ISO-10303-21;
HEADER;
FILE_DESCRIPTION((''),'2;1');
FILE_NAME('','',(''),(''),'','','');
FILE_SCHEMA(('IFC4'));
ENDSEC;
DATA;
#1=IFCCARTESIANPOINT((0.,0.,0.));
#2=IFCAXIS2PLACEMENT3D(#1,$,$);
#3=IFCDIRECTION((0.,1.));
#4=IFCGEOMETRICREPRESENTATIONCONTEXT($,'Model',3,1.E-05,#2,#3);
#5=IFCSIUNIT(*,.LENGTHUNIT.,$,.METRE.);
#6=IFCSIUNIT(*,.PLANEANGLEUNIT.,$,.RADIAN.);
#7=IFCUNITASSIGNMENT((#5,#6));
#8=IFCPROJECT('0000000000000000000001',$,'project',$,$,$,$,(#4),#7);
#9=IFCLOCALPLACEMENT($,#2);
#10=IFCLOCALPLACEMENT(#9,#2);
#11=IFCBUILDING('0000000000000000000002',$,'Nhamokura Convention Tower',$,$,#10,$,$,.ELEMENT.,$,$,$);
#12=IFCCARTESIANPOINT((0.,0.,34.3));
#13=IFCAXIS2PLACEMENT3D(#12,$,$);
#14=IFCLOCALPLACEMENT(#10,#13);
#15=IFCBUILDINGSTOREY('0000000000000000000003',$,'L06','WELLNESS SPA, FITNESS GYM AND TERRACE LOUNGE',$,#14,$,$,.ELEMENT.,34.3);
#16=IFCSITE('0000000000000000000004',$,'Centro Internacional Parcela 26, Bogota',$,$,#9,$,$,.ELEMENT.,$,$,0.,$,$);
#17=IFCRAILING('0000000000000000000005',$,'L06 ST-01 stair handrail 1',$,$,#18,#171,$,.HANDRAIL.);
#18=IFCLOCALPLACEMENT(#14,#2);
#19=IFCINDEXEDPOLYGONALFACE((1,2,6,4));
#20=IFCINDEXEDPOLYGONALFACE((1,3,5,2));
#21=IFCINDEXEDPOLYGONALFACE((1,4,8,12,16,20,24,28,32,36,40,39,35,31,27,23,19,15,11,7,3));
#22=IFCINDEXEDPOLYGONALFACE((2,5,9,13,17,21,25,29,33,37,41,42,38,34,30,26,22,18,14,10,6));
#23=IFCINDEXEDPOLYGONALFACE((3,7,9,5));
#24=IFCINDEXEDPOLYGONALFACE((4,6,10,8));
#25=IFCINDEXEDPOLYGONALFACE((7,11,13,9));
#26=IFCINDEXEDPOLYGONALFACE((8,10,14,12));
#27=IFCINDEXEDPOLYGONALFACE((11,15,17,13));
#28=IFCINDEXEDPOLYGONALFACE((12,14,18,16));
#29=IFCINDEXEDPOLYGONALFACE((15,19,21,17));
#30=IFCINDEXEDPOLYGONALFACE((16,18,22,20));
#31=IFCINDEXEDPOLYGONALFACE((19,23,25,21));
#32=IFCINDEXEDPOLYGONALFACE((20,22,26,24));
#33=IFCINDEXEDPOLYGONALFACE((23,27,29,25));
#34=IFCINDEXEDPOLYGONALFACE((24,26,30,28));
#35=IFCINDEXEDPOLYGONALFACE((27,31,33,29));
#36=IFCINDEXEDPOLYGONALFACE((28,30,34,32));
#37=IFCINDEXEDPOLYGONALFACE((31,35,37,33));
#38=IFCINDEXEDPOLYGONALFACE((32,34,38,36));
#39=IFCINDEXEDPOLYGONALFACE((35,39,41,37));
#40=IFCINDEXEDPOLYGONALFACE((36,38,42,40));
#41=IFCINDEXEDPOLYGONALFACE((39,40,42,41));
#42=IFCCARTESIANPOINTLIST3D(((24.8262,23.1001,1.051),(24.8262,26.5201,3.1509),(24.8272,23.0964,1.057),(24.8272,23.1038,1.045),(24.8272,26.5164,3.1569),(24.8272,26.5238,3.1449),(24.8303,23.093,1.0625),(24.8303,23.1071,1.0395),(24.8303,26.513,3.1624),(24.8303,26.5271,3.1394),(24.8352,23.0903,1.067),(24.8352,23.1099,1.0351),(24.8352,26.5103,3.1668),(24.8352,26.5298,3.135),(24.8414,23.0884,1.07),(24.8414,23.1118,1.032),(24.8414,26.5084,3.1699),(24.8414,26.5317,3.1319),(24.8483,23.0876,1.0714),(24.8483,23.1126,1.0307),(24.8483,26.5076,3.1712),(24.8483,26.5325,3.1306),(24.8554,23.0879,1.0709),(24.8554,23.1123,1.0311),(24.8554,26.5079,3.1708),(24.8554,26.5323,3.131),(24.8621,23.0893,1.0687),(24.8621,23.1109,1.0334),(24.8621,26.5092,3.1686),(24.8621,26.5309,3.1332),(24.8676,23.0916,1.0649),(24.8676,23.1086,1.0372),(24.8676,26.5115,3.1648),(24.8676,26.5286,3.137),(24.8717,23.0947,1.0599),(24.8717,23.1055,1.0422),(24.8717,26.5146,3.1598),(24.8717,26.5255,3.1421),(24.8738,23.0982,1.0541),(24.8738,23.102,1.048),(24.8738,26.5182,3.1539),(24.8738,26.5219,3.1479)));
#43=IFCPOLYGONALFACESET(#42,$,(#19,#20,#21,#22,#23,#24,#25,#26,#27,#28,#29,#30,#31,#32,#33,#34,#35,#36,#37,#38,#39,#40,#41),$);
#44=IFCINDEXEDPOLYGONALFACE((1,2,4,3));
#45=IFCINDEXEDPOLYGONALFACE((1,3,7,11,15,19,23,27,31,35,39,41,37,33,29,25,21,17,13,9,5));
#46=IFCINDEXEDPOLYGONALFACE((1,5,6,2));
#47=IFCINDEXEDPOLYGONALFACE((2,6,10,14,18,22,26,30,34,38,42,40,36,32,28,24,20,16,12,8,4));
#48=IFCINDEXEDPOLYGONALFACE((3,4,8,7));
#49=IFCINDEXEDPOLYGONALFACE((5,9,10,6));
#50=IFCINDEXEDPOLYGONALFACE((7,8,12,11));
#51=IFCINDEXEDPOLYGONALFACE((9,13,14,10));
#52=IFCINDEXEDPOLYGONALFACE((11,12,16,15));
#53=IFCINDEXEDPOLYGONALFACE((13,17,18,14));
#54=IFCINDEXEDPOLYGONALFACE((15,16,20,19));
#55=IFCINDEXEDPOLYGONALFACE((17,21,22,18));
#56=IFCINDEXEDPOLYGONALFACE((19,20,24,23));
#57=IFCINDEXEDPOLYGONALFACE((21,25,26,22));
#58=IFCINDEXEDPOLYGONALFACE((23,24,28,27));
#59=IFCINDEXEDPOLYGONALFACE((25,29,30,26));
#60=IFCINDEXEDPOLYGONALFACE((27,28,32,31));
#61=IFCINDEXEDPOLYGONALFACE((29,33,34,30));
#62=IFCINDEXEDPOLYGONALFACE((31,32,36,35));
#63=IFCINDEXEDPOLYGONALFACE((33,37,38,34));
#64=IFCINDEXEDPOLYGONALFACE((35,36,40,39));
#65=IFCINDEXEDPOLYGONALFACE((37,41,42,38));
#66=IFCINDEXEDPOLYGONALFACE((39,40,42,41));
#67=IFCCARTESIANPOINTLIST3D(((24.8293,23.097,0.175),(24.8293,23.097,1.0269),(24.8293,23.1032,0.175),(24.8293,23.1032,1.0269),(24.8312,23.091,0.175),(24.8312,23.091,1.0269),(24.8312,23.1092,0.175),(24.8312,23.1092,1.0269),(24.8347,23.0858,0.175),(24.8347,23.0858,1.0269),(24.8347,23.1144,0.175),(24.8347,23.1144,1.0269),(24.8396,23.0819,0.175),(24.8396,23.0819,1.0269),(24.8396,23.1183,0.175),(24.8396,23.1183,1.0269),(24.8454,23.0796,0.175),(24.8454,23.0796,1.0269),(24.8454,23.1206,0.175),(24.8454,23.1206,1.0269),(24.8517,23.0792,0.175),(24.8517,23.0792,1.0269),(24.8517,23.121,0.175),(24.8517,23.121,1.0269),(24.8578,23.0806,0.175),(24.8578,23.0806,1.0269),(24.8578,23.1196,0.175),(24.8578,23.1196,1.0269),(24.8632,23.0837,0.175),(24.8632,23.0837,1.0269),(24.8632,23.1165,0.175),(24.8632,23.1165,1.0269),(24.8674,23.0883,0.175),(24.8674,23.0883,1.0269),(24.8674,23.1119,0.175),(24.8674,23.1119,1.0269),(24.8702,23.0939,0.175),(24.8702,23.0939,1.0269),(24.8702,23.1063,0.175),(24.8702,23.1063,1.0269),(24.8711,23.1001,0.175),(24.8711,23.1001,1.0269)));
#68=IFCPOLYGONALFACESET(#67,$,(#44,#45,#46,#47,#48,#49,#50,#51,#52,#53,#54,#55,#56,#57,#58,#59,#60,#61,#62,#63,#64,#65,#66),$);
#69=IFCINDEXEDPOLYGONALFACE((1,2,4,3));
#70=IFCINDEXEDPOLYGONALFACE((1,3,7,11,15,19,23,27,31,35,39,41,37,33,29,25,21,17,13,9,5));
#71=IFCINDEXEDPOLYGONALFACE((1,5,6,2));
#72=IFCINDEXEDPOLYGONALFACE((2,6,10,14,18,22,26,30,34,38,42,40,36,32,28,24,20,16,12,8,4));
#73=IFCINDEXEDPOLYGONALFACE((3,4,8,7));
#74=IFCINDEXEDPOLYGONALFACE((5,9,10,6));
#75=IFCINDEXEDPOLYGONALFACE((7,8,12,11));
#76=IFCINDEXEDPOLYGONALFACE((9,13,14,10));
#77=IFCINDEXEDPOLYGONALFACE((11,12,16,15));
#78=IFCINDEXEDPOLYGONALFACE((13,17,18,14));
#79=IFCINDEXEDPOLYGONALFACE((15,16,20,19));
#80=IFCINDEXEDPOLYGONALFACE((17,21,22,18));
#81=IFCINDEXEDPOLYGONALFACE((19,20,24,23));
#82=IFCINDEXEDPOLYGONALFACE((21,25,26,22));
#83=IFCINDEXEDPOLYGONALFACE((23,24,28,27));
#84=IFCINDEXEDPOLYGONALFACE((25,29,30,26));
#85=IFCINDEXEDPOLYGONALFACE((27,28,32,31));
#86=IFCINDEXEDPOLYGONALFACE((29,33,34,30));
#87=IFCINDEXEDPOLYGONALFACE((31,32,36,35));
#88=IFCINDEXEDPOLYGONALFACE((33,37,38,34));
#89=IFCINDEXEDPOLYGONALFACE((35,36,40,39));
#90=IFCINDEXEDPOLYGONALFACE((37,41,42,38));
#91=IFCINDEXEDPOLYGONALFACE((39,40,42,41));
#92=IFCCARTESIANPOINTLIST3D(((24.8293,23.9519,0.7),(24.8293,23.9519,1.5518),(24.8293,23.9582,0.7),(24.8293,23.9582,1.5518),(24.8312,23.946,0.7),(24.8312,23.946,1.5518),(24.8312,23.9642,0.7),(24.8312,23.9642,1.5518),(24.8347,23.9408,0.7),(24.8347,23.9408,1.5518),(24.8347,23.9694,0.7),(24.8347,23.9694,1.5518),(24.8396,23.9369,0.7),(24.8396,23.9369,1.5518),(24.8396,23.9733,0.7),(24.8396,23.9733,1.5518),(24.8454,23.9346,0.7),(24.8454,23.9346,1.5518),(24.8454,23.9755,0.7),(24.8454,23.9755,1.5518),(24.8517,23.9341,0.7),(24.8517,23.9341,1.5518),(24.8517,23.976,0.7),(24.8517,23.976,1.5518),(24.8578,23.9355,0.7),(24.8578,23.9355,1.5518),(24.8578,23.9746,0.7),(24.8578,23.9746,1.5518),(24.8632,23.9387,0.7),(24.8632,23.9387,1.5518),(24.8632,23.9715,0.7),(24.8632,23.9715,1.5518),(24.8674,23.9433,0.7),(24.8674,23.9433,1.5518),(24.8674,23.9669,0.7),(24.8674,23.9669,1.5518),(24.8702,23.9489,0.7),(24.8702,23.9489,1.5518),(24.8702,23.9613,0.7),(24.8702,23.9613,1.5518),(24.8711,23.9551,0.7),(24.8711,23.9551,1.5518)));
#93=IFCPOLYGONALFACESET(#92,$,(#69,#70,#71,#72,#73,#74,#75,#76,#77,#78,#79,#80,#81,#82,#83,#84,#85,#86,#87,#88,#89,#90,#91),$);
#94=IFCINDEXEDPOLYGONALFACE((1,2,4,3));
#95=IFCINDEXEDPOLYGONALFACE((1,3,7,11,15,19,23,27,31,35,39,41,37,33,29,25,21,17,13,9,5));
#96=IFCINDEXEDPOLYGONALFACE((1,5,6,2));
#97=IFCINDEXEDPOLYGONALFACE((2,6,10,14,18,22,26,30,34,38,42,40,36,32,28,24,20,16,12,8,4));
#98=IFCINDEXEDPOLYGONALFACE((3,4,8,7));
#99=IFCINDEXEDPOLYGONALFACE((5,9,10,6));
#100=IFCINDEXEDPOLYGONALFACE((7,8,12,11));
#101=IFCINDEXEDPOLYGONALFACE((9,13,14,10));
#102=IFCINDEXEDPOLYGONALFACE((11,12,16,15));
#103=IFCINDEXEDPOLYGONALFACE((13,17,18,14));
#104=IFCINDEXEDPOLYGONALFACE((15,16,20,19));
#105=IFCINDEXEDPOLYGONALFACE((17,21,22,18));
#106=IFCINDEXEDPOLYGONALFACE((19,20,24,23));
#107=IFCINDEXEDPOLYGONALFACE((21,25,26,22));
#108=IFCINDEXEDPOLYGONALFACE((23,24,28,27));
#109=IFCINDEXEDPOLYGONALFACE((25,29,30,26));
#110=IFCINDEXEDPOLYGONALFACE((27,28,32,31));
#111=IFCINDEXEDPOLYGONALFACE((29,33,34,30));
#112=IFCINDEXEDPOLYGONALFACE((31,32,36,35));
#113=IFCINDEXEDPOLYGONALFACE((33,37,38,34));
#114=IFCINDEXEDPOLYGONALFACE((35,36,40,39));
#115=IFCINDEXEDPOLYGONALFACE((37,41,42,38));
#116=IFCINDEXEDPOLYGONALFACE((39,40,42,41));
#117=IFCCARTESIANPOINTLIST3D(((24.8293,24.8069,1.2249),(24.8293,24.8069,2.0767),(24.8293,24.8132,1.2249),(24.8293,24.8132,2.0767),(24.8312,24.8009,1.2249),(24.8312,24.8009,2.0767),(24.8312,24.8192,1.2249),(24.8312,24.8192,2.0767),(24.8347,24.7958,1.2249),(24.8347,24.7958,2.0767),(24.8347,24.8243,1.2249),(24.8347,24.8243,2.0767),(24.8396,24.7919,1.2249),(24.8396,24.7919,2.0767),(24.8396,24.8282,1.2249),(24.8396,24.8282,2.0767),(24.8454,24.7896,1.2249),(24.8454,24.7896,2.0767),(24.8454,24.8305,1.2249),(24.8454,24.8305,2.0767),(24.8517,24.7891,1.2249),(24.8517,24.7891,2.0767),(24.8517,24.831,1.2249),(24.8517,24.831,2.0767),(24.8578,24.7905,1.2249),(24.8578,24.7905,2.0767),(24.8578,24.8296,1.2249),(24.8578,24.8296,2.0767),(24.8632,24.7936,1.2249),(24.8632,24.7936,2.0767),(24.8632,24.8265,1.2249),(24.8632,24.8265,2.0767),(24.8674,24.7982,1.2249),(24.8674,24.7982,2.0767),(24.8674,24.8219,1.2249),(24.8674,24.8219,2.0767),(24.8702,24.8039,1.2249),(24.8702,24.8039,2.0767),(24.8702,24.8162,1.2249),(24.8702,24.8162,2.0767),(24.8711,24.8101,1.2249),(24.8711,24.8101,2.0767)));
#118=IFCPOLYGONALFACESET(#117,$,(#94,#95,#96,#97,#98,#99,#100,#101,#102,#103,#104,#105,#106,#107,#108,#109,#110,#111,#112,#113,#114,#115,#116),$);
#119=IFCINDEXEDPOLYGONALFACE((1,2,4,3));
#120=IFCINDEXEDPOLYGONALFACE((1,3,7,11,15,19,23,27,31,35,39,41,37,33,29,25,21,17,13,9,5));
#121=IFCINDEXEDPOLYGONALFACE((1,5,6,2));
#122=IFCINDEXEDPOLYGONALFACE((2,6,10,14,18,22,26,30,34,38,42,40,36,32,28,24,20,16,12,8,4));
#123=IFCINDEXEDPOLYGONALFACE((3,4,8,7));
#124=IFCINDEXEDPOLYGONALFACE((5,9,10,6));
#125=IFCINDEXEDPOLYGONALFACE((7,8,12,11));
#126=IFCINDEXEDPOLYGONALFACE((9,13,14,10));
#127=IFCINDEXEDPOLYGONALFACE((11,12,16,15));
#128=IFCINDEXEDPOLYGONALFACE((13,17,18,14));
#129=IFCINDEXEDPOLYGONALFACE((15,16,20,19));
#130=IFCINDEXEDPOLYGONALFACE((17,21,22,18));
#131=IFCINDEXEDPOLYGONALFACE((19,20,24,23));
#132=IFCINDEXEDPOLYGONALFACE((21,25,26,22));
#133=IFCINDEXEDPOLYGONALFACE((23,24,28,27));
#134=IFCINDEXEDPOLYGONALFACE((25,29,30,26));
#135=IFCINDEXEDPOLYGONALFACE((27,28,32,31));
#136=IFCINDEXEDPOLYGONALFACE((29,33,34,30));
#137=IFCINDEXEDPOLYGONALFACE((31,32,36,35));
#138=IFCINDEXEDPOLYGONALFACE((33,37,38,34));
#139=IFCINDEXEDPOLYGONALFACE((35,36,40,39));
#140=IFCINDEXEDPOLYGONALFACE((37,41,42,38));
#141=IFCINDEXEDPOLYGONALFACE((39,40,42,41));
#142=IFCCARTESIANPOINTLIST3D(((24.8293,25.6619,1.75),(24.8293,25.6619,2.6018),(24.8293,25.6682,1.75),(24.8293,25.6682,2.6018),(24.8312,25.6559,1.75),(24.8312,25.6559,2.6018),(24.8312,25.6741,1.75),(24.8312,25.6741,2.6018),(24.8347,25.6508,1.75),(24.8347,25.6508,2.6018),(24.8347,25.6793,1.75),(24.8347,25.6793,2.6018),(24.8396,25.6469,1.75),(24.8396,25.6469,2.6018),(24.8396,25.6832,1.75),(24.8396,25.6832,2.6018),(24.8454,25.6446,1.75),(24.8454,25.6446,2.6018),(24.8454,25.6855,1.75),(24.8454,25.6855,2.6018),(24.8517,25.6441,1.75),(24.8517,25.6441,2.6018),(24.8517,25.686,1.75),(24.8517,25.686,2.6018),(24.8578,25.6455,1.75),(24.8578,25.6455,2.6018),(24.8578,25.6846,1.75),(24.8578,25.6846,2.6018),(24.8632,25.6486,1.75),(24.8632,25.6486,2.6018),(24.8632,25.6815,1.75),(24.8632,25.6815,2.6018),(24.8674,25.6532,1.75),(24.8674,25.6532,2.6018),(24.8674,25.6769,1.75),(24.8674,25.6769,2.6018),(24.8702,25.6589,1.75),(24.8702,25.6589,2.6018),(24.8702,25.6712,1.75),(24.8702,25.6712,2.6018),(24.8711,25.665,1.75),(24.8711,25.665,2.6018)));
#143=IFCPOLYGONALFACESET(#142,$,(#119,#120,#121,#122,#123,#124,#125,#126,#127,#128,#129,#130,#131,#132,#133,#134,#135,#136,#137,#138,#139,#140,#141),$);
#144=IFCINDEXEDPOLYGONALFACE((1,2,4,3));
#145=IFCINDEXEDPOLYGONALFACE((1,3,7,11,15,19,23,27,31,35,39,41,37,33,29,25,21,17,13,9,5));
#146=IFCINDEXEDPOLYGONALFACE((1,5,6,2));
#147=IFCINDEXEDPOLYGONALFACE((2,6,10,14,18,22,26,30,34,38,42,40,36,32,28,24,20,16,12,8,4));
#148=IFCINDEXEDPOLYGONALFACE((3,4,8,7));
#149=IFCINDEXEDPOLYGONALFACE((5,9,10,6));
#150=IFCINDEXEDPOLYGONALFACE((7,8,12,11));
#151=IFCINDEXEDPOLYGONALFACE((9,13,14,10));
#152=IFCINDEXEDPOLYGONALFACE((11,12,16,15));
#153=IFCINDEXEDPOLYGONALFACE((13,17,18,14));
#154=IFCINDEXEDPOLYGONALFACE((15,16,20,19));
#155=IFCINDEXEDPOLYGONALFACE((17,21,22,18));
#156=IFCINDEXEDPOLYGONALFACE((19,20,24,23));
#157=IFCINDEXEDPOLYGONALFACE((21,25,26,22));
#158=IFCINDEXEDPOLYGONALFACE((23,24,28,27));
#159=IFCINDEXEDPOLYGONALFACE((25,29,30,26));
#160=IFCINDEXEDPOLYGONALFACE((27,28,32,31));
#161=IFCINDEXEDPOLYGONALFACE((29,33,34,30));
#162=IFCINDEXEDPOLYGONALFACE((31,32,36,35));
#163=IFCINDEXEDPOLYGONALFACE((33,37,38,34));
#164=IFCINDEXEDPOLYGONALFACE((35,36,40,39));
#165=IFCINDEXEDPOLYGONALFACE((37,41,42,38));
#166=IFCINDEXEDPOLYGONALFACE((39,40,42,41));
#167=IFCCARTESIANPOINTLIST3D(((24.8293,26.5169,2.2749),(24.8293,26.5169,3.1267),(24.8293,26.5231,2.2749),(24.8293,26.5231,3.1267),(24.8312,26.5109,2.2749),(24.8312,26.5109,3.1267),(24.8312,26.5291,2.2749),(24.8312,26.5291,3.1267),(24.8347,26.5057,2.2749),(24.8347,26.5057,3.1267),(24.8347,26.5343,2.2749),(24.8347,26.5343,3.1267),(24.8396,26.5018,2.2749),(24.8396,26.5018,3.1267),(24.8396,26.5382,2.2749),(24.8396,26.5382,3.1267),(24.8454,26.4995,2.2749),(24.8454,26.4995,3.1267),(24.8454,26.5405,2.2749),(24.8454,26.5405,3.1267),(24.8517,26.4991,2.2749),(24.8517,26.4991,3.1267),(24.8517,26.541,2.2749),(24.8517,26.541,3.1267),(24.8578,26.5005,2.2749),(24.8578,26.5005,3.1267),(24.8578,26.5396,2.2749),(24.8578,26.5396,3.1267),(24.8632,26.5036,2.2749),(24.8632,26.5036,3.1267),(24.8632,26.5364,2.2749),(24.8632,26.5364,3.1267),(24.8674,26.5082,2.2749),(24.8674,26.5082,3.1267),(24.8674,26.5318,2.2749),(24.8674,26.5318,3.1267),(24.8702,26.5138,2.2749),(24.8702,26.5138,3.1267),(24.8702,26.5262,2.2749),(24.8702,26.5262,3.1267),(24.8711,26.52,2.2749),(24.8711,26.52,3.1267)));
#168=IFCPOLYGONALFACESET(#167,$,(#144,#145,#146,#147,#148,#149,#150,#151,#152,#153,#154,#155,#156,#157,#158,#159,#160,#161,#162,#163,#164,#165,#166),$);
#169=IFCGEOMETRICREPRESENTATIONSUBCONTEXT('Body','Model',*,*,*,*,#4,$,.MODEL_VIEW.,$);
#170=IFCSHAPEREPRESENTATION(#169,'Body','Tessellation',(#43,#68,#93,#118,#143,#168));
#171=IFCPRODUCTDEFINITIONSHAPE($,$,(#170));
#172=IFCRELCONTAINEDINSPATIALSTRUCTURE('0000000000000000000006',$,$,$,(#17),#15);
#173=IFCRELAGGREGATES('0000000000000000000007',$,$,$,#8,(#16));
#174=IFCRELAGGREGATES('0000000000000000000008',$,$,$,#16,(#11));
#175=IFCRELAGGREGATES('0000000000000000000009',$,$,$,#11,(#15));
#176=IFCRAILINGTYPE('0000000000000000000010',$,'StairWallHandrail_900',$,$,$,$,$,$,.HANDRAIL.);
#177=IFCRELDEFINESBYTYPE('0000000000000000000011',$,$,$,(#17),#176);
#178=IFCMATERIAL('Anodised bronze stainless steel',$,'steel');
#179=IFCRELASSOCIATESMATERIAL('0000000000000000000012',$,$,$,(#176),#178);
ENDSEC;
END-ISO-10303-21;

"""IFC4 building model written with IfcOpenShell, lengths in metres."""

from ifc_helpers import new_model, si_unit, direction, frame, origin, origin_2d, place, context, subcontext, project, spatial, circle, extrude, material, type_object, element, save


model = new_model("IFC4")

# Units and contexts
model_context = context("Model", 3, precision=1e-05, world=origin(), true_north=direction((0.0, 1.0)))
body_context = subcontext(model_context, "Body", "Model", "MODEL_VIEW")
ifc_project = project(units=[si_unit("LENGTHUNIT", "METRE"), si_unit("PLANEANGLEUNIT", "RADIAN")], contexts=[model_context])

# Site, building, storey
site_placement = place(None, origin())
site = spatial("IfcSite", under=ifc_project, at=site_placement, Name="Centro Internacional Parcela 26, Bogota", CompositionType="ELEMENT", RefElevation=0.0)
building_placement = place(site_placement, origin())
building = spatial("IfcBuilding", under=site, at=building_placement, Name="Nhamokura Convention Tower", CompositionType="ELEMENT")
storey_placement = place(building_placement, frame((0.0, 0.0, 34.3)))
storey = spatial("IfcBuildingStorey", under=building, at=storey_placement, Name="L06", Description="WELLNESS SPA, FITNESS GYM AND TERRACE LOUNGE", CompositionType="ELEMENT", Elevation=34.3)

# Railing
ifc_material_1 = material(Name="Anodised bronze stainless steel", Category="steel")
railing_type_1 = type_object("IfcRailingType", Name="StairWallHandrail_900", PredefinedType="HANDRAIL", material=ifc_material_1)
railing_1_placement = place(storey_placement, frame((24.8501, 23.1001, 0.175)))
element("IfcRailing", 1, at=railing_1_placement, inside=storey, type_object=railing_type_1, Name="L06 ST-01 stair handrail 1", PredefinedType="HANDRAIL", context=body_context, shape_type="SweptSolid", body=[
    extrude(circle(Radius=0.0239, at=origin_2d()), frame((0.0, 0.0, 0.876), z_axis=(0.0, 0.852182, 0.523245), x_axis=(-1.0, 0.0, 0.0)), (0.0, 0.0, 1.0), 4.0132),
    extrude(circle(Radius=0.021, at=origin_2d()), origin(), (0.0, 0.0, 1.0), 0.8518),
    extrude(circle(Radius=0.021, at=origin_2d()), frame((0.0, 0.855, 0.5249)), (0.0, 0.0, 1.0), 0.8518),
    extrude(circle(Radius=0.021, at=origin_2d()), frame((0.0, 1.71, 1.0498)), (0.0, 0.0, 1.0), 0.8518),
    extrude(circle(Radius=0.021, at=origin_2d()), frame((0.0, 2.5649, 1.575)), (0.0, 0.0, 1.0), 0.8518),
    extrude(circle(Radius=0.021, at=origin_2d()), frame((0.0, 3.4199, 2.0999)), (0.0, 0.0, 1.0), 0.8518),
])

save(model, "model.ifc")
